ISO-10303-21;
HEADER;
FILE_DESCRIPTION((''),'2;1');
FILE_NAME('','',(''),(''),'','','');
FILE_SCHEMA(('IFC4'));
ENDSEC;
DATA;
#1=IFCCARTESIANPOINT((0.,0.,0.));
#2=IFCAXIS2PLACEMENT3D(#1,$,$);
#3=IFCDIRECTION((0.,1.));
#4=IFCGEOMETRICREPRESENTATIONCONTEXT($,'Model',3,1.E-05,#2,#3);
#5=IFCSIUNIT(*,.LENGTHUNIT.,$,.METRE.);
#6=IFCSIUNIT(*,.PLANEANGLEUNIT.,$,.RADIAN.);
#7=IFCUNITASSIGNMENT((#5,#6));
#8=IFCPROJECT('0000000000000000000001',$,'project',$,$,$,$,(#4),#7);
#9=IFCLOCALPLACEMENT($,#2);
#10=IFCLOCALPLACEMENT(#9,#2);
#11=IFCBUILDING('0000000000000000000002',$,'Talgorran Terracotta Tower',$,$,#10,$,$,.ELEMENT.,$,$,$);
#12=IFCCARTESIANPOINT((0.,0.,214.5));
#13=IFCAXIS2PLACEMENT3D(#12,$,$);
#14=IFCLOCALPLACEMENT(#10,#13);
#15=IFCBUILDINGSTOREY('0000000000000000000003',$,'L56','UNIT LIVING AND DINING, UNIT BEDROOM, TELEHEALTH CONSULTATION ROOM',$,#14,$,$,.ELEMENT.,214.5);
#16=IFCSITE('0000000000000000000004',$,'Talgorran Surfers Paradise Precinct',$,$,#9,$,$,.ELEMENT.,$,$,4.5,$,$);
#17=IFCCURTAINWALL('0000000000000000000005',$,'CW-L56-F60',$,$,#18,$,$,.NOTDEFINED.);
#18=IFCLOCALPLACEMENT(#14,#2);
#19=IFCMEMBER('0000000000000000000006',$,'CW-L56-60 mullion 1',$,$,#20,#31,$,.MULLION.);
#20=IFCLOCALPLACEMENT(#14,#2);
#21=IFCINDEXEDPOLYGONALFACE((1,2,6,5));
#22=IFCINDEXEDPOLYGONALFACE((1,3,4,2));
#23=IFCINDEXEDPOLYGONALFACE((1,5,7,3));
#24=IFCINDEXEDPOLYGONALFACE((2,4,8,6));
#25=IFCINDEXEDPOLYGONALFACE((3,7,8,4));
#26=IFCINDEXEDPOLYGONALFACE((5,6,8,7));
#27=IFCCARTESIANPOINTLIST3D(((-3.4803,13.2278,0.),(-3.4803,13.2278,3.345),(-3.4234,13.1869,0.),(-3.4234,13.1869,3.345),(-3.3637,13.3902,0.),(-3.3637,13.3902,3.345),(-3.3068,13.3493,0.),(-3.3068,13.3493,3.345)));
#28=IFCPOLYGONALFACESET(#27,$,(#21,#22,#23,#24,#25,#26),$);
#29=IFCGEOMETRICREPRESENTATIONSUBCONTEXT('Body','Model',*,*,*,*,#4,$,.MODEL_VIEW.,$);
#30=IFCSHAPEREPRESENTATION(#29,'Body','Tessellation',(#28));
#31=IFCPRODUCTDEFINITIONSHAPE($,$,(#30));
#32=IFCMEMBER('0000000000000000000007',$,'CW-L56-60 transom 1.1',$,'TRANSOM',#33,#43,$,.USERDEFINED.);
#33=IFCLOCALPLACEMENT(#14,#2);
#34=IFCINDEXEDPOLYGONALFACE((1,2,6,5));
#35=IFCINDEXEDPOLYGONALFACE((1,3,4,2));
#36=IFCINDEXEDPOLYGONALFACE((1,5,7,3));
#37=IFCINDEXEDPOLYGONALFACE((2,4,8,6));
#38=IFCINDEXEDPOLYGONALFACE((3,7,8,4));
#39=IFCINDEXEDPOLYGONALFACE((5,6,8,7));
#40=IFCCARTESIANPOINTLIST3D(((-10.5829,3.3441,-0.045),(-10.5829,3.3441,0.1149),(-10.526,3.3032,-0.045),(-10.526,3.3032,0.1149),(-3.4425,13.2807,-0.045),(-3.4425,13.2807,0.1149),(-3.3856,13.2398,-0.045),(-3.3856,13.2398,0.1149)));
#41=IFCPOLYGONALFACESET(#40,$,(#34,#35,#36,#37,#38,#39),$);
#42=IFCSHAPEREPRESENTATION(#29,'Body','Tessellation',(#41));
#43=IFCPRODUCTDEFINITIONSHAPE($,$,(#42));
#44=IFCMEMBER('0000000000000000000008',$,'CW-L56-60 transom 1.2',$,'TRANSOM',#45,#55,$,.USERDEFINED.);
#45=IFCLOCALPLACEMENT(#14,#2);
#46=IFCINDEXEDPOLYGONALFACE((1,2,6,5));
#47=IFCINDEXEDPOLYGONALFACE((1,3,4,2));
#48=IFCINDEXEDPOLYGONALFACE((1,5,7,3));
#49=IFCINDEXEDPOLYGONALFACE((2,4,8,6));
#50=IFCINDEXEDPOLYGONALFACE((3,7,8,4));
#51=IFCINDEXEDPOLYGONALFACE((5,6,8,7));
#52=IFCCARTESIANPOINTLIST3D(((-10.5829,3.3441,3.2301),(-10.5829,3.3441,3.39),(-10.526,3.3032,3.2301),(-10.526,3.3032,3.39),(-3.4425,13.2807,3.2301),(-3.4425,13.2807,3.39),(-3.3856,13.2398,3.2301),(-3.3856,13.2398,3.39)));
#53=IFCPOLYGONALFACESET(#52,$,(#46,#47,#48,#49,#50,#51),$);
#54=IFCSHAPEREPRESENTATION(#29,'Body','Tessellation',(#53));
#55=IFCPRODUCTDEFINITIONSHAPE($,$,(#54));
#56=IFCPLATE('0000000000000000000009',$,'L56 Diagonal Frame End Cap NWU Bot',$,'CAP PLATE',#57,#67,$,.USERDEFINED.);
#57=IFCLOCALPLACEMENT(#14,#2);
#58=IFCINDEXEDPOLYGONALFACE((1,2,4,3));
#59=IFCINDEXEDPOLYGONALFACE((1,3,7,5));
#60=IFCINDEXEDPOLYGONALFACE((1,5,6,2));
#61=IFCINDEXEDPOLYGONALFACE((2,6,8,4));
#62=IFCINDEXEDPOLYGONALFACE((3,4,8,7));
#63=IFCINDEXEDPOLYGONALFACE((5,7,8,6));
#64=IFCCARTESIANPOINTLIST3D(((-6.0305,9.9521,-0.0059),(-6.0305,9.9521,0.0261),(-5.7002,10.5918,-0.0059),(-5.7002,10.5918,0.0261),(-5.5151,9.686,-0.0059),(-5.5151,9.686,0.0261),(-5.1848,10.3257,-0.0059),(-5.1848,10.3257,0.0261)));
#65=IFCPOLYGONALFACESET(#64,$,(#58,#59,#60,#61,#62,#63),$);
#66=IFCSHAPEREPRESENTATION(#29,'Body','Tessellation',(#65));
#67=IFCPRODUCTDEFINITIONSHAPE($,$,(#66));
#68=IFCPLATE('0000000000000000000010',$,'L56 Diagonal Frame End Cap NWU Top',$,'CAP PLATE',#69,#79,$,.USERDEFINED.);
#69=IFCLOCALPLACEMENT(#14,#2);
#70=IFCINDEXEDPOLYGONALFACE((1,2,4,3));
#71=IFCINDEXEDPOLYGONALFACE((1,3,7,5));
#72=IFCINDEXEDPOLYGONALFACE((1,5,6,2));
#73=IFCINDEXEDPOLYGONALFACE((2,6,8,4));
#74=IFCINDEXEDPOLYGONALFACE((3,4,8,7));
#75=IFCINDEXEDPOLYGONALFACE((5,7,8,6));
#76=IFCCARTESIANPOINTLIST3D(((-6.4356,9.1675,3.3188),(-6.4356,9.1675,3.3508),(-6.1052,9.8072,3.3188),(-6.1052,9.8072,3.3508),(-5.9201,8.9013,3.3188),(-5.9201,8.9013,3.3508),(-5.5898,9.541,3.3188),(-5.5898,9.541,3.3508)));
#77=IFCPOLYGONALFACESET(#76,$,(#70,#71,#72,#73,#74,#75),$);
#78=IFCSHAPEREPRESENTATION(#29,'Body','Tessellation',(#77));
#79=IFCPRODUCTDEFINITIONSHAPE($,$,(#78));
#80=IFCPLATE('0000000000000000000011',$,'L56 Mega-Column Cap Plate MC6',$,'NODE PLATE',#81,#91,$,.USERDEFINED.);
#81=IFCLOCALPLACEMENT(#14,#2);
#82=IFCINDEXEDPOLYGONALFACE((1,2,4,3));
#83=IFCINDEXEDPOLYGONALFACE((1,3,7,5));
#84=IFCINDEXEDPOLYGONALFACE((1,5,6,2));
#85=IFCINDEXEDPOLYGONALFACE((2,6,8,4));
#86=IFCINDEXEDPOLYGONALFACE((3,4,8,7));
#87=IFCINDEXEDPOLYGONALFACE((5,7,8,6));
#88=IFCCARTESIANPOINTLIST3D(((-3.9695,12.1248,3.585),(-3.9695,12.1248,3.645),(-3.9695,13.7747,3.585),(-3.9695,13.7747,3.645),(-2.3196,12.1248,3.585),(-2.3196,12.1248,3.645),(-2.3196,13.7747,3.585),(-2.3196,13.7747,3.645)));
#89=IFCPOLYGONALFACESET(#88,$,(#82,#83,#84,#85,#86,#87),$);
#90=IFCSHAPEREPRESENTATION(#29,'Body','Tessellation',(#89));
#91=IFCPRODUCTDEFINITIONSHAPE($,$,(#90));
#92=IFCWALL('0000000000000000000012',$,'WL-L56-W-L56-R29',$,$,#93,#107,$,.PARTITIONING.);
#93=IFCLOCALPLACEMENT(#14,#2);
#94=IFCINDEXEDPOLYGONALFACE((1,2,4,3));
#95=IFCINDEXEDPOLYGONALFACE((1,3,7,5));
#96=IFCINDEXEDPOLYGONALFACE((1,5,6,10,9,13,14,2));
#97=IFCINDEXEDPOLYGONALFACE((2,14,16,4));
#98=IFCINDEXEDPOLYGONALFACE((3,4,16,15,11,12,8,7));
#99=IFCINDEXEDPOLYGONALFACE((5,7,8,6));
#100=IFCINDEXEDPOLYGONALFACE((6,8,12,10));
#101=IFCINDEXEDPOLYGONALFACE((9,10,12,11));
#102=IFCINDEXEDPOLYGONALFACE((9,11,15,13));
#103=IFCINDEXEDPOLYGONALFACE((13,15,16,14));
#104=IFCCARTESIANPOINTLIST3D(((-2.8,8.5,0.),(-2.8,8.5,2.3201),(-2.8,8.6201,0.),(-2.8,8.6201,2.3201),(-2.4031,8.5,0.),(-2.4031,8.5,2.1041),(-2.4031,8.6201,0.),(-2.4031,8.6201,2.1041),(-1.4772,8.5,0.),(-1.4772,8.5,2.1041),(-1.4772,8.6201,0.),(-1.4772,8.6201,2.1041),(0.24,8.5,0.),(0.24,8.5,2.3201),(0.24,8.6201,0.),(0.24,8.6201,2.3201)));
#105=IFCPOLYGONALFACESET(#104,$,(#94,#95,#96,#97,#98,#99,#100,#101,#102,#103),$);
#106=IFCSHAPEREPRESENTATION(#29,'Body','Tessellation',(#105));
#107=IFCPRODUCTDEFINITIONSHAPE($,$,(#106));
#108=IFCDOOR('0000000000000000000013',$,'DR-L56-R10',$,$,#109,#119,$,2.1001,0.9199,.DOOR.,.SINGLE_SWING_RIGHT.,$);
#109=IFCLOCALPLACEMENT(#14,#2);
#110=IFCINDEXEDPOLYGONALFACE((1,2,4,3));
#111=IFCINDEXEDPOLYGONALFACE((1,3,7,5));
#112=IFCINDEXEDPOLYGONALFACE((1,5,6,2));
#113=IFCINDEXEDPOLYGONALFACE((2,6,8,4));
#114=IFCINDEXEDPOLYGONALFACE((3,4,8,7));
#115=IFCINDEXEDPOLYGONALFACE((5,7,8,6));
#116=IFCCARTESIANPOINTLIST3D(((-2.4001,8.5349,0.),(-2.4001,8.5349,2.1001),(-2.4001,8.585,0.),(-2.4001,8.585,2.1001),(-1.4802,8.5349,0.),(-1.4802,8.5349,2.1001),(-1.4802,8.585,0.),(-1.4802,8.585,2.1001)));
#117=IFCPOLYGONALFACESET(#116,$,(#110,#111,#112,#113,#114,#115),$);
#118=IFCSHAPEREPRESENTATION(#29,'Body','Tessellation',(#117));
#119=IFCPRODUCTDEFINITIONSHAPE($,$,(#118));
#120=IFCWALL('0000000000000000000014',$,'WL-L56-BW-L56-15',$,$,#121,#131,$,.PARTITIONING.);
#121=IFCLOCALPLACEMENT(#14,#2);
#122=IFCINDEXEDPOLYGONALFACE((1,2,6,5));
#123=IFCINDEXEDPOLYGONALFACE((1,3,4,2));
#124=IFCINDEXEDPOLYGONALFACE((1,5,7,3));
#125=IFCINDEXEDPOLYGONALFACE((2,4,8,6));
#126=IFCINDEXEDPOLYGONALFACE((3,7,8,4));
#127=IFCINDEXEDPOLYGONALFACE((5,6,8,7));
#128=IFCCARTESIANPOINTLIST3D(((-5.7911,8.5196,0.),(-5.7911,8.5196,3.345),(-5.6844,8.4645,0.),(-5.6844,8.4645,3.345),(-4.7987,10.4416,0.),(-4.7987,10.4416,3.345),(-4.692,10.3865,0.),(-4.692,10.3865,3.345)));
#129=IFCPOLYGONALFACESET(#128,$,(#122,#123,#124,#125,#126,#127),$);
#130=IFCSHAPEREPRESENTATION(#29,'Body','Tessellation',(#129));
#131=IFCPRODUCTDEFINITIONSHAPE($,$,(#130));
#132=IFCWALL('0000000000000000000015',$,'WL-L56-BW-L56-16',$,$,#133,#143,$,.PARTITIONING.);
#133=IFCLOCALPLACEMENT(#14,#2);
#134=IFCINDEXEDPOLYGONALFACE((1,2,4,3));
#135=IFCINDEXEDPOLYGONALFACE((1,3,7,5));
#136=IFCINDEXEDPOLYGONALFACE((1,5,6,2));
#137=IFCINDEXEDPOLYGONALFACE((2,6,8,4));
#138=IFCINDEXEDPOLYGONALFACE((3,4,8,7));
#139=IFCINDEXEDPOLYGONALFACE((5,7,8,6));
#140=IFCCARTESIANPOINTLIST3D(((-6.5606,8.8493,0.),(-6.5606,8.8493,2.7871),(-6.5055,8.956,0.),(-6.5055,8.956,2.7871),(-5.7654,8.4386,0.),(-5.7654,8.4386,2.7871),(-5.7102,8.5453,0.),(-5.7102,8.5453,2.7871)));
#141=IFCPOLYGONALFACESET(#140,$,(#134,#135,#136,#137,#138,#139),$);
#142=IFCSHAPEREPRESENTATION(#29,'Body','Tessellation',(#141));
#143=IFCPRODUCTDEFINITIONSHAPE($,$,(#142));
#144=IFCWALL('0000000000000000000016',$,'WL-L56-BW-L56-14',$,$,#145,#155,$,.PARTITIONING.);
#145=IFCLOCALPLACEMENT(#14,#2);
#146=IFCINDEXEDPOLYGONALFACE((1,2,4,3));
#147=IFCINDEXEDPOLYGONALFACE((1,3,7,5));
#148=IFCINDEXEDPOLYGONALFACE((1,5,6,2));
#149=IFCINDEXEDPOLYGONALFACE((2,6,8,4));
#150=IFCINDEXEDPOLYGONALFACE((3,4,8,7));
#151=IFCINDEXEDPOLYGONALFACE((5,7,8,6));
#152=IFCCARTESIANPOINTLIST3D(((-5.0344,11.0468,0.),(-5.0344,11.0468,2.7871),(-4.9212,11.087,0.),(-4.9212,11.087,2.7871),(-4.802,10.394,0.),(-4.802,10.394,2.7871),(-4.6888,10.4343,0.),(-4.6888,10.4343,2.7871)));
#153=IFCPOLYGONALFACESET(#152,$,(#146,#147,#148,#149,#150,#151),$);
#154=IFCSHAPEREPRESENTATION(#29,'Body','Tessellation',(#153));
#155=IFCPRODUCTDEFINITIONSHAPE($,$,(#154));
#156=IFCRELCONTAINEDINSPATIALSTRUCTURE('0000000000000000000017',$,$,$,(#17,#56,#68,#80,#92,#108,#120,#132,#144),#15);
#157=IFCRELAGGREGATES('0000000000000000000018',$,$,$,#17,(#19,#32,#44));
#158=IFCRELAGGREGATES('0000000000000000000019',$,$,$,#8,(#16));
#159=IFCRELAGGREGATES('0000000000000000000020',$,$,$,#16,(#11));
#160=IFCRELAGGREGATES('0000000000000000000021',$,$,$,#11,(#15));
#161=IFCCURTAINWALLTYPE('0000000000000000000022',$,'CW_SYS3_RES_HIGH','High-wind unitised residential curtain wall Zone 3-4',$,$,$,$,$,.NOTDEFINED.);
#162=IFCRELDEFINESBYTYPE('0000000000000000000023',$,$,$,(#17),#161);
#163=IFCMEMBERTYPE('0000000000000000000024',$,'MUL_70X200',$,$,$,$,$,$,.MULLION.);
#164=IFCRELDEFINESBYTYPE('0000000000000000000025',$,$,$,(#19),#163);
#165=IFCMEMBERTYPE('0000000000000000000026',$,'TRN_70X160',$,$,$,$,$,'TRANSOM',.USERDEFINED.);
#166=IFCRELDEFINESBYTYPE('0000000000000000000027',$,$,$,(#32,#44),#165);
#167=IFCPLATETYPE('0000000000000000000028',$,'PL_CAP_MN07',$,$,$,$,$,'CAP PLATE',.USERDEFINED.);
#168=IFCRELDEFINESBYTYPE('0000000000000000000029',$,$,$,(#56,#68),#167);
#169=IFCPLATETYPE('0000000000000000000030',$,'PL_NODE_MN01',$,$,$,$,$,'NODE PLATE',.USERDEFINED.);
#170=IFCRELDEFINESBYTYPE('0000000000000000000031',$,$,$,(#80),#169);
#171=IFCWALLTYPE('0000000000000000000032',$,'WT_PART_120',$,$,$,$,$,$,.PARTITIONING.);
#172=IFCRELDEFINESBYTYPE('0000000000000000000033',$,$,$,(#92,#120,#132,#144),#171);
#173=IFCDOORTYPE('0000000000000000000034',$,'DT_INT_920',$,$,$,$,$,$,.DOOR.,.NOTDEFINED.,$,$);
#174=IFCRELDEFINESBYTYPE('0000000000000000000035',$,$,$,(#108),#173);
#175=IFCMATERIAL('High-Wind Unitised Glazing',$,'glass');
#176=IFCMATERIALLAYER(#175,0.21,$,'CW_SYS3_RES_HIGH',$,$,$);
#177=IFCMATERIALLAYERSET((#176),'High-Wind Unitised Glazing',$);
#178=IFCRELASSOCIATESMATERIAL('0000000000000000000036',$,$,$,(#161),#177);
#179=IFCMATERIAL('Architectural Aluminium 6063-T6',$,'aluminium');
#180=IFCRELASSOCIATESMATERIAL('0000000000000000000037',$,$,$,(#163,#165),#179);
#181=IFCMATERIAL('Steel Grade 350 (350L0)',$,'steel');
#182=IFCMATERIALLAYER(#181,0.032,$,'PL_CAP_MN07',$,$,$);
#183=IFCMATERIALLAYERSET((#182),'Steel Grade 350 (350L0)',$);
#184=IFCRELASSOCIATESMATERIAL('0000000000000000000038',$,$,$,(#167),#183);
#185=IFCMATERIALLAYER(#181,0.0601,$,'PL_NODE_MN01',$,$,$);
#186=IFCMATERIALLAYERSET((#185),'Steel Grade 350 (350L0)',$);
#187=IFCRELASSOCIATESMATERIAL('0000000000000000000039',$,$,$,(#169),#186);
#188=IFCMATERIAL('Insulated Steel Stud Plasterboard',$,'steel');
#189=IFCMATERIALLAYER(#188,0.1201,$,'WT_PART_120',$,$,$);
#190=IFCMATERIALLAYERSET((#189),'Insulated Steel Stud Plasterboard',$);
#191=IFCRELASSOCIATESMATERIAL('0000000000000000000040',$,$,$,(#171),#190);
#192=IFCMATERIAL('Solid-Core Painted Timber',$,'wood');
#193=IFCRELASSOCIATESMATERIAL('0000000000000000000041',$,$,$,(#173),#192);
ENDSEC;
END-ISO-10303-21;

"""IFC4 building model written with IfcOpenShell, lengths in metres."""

from ifc_helpers import new_model, si_unit, direction, frame, frame_2d, origin, origin_2d, place, context, subcontext, project, spatial, rectangle, extrude, material, layer, layer_set, material_profile, profile_set, type_object, element, fill, aggregate, save


model = new_model("IFC4")

# Units and contexts
model_context = context("Model", 3, precision=1e-05, world=origin(), true_north=direction((0.0, 1.0)))
body_context = subcontext(model_context, "Body", "Model", "MODEL_VIEW")
ifc_project = project(units=[si_unit("LENGTHUNIT", "METRE"), si_unit("PLANEANGLEUNIT", "RADIAN")], contexts=[model_context])

# Site, building, storey
site_placement = place(None, origin())
site = spatial("IfcSite", under=ifc_project, at=site_placement, Name="Talgorran Surfers Paradise Precinct", CompositionType="ELEMENT", RefElevation=4.5)
building_placement = place(site_placement, origin())
building = spatial("IfcBuilding", under=site, at=building_placement, Name="Talgorran Terracotta Tower", CompositionType="ELEMENT")
storey_placement = place(building_placement, frame((0.0, 0.0, 214.5)))
storey = spatial("IfcBuildingStorey", under=building, at=storey_placement, Name="L56", Description="UNIT LIVING AND DINING, UNIT BEDROOM, TELEHEALTH CONSULTATION ROOM", CompositionType="ELEMENT", Elevation=214.5)

# Shared definitions
ifc_material_1 = material(Name="Steel Grade 350 (350L0)", Category="steel")

# Shared definitions
ifc_material_2 = material(Name="High-Wind Unitised Glazing", Category="glass")
ifc_layer_1 = layer(ifc_material_2, 0.21, Name="CW_SYS3_RES_HIGH")
ifc_layer_set_1 = layer_set([ifc_layer_1], Name="High-Wind Unitised Glazing")
curtain_wall_type = type_object("IfcCurtainWallType", Name="CW_SYS3_RES_HIGH", Description="High-wind unitised residential curtain wall Zone 3-4", PredefinedType="NOTDEFINED", material=ifc_layer_set_1)
ifc_material_3 = material(Name="Architectural Aluminium 6063-T6", Category="aluminium")
ifc_material_profile_1 = material_profile(ifc_material_3, rectangle(XDim=0.0701, YDim=0.2, at=origin_2d()), Name="CWM70X200")
ifc_profile_set_1 = profile_set([ifc_material_profile_1], Name="Architectural Aluminium 6063-T6")
member_type_1 = type_object("IfcMemberType", Name="MUL_70X200", PredefinedType="MULLION", material=ifc_profile_set_1)

# Curtain wall, members
curtain_wall_1_placement = place(storey_placement, origin())
curtain_wall_1 = element("IfcCurtainWall", 1, at=curtain_wall_1_placement, inside=storey, type_object=curtain_wall_type, Name="CW-L56-F60", PredefinedType="NOTDEFINED")
member_1_placement = place(storey_placement, frame((-3.3936, 13.2886, 0.0), z_axis=(0.0, 0.0, 1.0), x_axis=(0.812072, -0.583557, 0.0)))
member_1 = element("IfcMember", 2, at=member_1_placement, type_object=member_type_1, Name="CW-L56-60 mullion 1", PredefinedType="MULLION", context=body_context, shape_type="SweptSolid", body=[
    extrude(rectangle(XDim=0.0701, YDim=0.2, at=origin_2d()), origin(), (0.0, 0.0, 1.0), 3.345),
])
ifc_material_profile_2 = material_profile(ifc_material_3, rectangle(XDim=0.0701, YDim=0.1599, at=origin_2d()), Name="CWT70X160")
ifc_profile_set_2 = profile_set([ifc_material_profile_2], Name="Architectural Aluminium 6063-T6")
member_type_2 = type_object("IfcMemberType", Name="TRN_70X160", ElementType="TRANSOM", PredefinedType="USERDEFINED", material=ifc_profile_set_2)
member_2_placement = place(storey_placement, frame((-3.4141, 13.2603, 0.0349), z_axis=(-0.583555, -0.812073, 0.0), x_axis=(0.812073, -0.583555, 0.0)))
member_2 = element("IfcMember", 3, at=member_2_placement, type_object=member_type_2, Name="CW-L56-60 transom 1.1", ObjectType="TRANSOM", PredefinedType="USERDEFINED", context=body_context, shape_type="SweptSolid", body=[
    extrude(rectangle(XDim=0.0701, YDim=0.1599, at=origin_2d()), origin(), (0.0, 0.0, 1.0), 12.2361),
])
member_3_placement = place(storey_placement, frame((-3.4141, 13.2603, 3.3101), z_axis=(-0.583555, -0.812073, 0.0), x_axis=(0.812073, -0.583555, 0.0)))
member_3 = element("IfcMember", 4, at=member_3_placement, type_object=member_type_2, Name="CW-L56-60 transom 1.2", ObjectType="TRANSOM", PredefinedType="USERDEFINED", context=body_context, shape_type="SweptSolid", body=[
    extrude(rectangle(XDim=0.0701, YDim=0.1599, at=origin_2d()), origin(), (0.0, 0.0, 1.0), 12.2361),
])
aggregate(curtain_wall_1, [member_1, member_2, member_3])

# Plates
ifc_layer_2 = layer(ifc_material_1, 0.032, Name="PL_CAP_MN07")
ifc_layer_set_2 = layer_set([ifc_layer_2], Name="Steel Grade 350 (350L0)")
plate_type_1 = type_object("IfcPlateType", Name="PL_CAP_MN07", ElementType="CAP PLATE", PredefinedType="USERDEFINED", material=ifc_layer_set_2)
for number, where, z_axis, x_axis, name in (
    (5, (-5.6077, 10.1389, -0.0059), (0.0, 0.0, 1.0), (-0.458805, -0.888537, 0.0), "L56 Diagonal Frame End Cap NWU Bot"),
    (6, (-6.0127, 9.3542, 3.3188), (0.0, 0.0, 1.0), (-0.458805, -0.888537, 0.0), "L56 Diagonal Frame End Cap NWU Top"),
):
    element("IfcPlate", number, at=place(storey_placement, frame(where, z_axis=z_axis, x_axis=x_axis)), inside=storey, type_object=plate_type_1, Name=name, ObjectType="CAP PLATE", PredefinedType="USERDEFINED", context=body_context, shape_type="SweptSolid", body=[
        extrude(rectangle(XDim=0.72, YDim=0.5801, at=origin_2d()), origin(), (0.0, 0.0, 1.0), 0.032),
    ])
ifc_layer_3 = layer(ifc_material_1, 0.0601, Name="PL_NODE_MN01")
ifc_layer_set_3 = layer_set([ifc_layer_3], Name="Steel Grade 350 (350L0)")
plate_type_2 = type_object("IfcPlateType", Name="PL_NODE_MN01", ElementType="NODE PLATE", PredefinedType="USERDEFINED", material=ifc_layer_set_3)
plate_placement = place(storey_placement, frame((-3.1445, 12.9497, 3.585), z_axis=(0.0, 0.0, 1.0), x_axis=(1.0, 0.0, 0.0)))
element("IfcPlate", 7, at=plate_placement, inside=storey, type_object=plate_type_2, Name="L56 Mega-Column Cap Plate MC6", ObjectType="NODE PLATE", PredefinedType="USERDEFINED", context=body_context, shape_type="SweptSolid", body=[
    extrude(rectangle(XDim=1.6499, YDim=1.6499, at=origin_2d()), origin(), (0.0, 0.0, 1.0), 0.0601),
])

# Wall, opening, door
ifc_material_4 = material(Name="Insulated Steel Stud Plasterboard", Category="steel")
ifc_layer_4 = layer(ifc_material_4, 0.1201, Name="WT_PART_120")
ifc_layer_set_4 = layer_set([ifc_layer_4], Name="Insulated Steel Stud Plasterboard")
wall_type = type_object("IfcWallType", Name="WT_PART_120", PredefinedType="PARTITIONING", material=ifc_layer_set_4)
wall_1_placement = place(storey_placement, frame((-2.8, 8.5601, 0.0), z_axis=(0.0, 0.0, 1.0), x_axis=(1.0, 0.0, 0.0)))
wall_1 = element("IfcWall", 8, at=wall_1_placement, inside=storey, type_object=wall_type, Name="WL-L56-W-L56-R29", PredefinedType="PARTITIONING", context=body_context, shape_type="SweptSolid", body=[
    extrude(rectangle(XDim=3.04, YDim=0.1201, at=frame_2d((1.52, 0.0))), origin(), (0.0, 0.0, 1.0), 2.3201),
])
opening_placement = place(wall_1_placement, frame((0.3999, 0.0, 0.0)))
opening = element("IfcOpeningElement", 9, at=opening_placement, cuts=wall_1, PredefinedType="OPENING", context=body_context, shape_type="SweptSolid", body=[
    extrude(rectangle(XDim=0.9259, YDim=2.1041, at=frame_2d((0.46, 1.052))), frame((0.0, 0.0701, 0.0), z_axis=(0.0, -1.0, 0.0), x_axis=(1.0, 0.0, 0.0)), (0.0, 0.0, 1.0), 0.1401),
])
ifc_material_5 = material(Name="Solid-Core Painted Timber", Category="wood")
door_type = type_object("IfcDoorType", Name="DT_INT_920", OperationType="NOTDEFINED", PredefinedType="DOOR", material=ifc_material_5)
door_placement = place(opening_placement, origin())
door = element("IfcDoor", 10, at=door_placement, inside=storey, type_object=door_type, Name="DR-L56-R10", OperationType="SINGLE_SWING_RIGHT", OverallHeight=2.1001, OverallWidth=0.9199, PredefinedType="DOOR", context=body_context, shape_type="SweptSolid", body=[
    extrude(rectangle(XDim=0.9199, YDim=2.1001, at=frame_2d((0.46, 1.05))), frame((0.0, 0.0249, 0.0), z_axis=(0.0, -1.0, 0.0), x_axis=(1.0, 0.0, 0.0)), (0.0, 0.0, 1.0), 0.05),
])
fill(opening, door)

# Walls
wall_2_placement = place(storey_placement, frame((-4.7454, 10.4141, 0.0), z_axis=(0.0, 0.0, 1.0), x_axis=(-0.458778, -0.888551, 0.0)))
element("IfcWall", 11, at=wall_2_placement, inside=storey, type_object=wall_type, Name="WL-L56-BW-L56-15", PredefinedType="PARTITIONING", context=body_context, shape_type="SweptSolid", body=[
    extrude(rectangle(XDim=2.1631, YDim=0.1201, at=frame_2d((1.0815, 0.0))), origin(), (0.0, 0.0, 1.0), 3.345),
])
wall_3_placement = place(storey_placement, frame((-5.7378, 8.4919, 0.0), z_axis=(0.0, 0.0, 1.0), x_axis=(-0.888513, 0.458851, 0.0)))
element("IfcWall", 12, at=wall_3_placement, inside=storey, type_object=wall_type, Name="WL-L56-BW-L56-16", PredefinedType="PARTITIONING", context=body_context, shape_type="SweptSolid", body=[
    extrude(rectangle(XDim=0.895, YDim=0.1201, at=frame_2d((0.4475, 0.0))), origin(), (0.0, 0.0, 1.0), 2.7871),
])
wall_4_placement = place(storey_placement, frame((-4.9778, 11.0669, 0.0), z_axis=(0.0, 0.0, 1.0), x_axis=(0.335399, -0.942076, 0.0)))
element("IfcWall", 13, at=wall_4_placement, inside=storey, type_object=wall_type, Name="WL-L56-BW-L56-14", PredefinedType="PARTITIONING", context=body_context, shape_type="SweptSolid", body=[
    extrude(rectangle(XDim=0.6929, YDim=0.1201, at=frame_2d((0.3464, 0.0))), origin(), (0.0, 0.0, 1.0), 2.7871),
])

save(model, "model.ifc")
